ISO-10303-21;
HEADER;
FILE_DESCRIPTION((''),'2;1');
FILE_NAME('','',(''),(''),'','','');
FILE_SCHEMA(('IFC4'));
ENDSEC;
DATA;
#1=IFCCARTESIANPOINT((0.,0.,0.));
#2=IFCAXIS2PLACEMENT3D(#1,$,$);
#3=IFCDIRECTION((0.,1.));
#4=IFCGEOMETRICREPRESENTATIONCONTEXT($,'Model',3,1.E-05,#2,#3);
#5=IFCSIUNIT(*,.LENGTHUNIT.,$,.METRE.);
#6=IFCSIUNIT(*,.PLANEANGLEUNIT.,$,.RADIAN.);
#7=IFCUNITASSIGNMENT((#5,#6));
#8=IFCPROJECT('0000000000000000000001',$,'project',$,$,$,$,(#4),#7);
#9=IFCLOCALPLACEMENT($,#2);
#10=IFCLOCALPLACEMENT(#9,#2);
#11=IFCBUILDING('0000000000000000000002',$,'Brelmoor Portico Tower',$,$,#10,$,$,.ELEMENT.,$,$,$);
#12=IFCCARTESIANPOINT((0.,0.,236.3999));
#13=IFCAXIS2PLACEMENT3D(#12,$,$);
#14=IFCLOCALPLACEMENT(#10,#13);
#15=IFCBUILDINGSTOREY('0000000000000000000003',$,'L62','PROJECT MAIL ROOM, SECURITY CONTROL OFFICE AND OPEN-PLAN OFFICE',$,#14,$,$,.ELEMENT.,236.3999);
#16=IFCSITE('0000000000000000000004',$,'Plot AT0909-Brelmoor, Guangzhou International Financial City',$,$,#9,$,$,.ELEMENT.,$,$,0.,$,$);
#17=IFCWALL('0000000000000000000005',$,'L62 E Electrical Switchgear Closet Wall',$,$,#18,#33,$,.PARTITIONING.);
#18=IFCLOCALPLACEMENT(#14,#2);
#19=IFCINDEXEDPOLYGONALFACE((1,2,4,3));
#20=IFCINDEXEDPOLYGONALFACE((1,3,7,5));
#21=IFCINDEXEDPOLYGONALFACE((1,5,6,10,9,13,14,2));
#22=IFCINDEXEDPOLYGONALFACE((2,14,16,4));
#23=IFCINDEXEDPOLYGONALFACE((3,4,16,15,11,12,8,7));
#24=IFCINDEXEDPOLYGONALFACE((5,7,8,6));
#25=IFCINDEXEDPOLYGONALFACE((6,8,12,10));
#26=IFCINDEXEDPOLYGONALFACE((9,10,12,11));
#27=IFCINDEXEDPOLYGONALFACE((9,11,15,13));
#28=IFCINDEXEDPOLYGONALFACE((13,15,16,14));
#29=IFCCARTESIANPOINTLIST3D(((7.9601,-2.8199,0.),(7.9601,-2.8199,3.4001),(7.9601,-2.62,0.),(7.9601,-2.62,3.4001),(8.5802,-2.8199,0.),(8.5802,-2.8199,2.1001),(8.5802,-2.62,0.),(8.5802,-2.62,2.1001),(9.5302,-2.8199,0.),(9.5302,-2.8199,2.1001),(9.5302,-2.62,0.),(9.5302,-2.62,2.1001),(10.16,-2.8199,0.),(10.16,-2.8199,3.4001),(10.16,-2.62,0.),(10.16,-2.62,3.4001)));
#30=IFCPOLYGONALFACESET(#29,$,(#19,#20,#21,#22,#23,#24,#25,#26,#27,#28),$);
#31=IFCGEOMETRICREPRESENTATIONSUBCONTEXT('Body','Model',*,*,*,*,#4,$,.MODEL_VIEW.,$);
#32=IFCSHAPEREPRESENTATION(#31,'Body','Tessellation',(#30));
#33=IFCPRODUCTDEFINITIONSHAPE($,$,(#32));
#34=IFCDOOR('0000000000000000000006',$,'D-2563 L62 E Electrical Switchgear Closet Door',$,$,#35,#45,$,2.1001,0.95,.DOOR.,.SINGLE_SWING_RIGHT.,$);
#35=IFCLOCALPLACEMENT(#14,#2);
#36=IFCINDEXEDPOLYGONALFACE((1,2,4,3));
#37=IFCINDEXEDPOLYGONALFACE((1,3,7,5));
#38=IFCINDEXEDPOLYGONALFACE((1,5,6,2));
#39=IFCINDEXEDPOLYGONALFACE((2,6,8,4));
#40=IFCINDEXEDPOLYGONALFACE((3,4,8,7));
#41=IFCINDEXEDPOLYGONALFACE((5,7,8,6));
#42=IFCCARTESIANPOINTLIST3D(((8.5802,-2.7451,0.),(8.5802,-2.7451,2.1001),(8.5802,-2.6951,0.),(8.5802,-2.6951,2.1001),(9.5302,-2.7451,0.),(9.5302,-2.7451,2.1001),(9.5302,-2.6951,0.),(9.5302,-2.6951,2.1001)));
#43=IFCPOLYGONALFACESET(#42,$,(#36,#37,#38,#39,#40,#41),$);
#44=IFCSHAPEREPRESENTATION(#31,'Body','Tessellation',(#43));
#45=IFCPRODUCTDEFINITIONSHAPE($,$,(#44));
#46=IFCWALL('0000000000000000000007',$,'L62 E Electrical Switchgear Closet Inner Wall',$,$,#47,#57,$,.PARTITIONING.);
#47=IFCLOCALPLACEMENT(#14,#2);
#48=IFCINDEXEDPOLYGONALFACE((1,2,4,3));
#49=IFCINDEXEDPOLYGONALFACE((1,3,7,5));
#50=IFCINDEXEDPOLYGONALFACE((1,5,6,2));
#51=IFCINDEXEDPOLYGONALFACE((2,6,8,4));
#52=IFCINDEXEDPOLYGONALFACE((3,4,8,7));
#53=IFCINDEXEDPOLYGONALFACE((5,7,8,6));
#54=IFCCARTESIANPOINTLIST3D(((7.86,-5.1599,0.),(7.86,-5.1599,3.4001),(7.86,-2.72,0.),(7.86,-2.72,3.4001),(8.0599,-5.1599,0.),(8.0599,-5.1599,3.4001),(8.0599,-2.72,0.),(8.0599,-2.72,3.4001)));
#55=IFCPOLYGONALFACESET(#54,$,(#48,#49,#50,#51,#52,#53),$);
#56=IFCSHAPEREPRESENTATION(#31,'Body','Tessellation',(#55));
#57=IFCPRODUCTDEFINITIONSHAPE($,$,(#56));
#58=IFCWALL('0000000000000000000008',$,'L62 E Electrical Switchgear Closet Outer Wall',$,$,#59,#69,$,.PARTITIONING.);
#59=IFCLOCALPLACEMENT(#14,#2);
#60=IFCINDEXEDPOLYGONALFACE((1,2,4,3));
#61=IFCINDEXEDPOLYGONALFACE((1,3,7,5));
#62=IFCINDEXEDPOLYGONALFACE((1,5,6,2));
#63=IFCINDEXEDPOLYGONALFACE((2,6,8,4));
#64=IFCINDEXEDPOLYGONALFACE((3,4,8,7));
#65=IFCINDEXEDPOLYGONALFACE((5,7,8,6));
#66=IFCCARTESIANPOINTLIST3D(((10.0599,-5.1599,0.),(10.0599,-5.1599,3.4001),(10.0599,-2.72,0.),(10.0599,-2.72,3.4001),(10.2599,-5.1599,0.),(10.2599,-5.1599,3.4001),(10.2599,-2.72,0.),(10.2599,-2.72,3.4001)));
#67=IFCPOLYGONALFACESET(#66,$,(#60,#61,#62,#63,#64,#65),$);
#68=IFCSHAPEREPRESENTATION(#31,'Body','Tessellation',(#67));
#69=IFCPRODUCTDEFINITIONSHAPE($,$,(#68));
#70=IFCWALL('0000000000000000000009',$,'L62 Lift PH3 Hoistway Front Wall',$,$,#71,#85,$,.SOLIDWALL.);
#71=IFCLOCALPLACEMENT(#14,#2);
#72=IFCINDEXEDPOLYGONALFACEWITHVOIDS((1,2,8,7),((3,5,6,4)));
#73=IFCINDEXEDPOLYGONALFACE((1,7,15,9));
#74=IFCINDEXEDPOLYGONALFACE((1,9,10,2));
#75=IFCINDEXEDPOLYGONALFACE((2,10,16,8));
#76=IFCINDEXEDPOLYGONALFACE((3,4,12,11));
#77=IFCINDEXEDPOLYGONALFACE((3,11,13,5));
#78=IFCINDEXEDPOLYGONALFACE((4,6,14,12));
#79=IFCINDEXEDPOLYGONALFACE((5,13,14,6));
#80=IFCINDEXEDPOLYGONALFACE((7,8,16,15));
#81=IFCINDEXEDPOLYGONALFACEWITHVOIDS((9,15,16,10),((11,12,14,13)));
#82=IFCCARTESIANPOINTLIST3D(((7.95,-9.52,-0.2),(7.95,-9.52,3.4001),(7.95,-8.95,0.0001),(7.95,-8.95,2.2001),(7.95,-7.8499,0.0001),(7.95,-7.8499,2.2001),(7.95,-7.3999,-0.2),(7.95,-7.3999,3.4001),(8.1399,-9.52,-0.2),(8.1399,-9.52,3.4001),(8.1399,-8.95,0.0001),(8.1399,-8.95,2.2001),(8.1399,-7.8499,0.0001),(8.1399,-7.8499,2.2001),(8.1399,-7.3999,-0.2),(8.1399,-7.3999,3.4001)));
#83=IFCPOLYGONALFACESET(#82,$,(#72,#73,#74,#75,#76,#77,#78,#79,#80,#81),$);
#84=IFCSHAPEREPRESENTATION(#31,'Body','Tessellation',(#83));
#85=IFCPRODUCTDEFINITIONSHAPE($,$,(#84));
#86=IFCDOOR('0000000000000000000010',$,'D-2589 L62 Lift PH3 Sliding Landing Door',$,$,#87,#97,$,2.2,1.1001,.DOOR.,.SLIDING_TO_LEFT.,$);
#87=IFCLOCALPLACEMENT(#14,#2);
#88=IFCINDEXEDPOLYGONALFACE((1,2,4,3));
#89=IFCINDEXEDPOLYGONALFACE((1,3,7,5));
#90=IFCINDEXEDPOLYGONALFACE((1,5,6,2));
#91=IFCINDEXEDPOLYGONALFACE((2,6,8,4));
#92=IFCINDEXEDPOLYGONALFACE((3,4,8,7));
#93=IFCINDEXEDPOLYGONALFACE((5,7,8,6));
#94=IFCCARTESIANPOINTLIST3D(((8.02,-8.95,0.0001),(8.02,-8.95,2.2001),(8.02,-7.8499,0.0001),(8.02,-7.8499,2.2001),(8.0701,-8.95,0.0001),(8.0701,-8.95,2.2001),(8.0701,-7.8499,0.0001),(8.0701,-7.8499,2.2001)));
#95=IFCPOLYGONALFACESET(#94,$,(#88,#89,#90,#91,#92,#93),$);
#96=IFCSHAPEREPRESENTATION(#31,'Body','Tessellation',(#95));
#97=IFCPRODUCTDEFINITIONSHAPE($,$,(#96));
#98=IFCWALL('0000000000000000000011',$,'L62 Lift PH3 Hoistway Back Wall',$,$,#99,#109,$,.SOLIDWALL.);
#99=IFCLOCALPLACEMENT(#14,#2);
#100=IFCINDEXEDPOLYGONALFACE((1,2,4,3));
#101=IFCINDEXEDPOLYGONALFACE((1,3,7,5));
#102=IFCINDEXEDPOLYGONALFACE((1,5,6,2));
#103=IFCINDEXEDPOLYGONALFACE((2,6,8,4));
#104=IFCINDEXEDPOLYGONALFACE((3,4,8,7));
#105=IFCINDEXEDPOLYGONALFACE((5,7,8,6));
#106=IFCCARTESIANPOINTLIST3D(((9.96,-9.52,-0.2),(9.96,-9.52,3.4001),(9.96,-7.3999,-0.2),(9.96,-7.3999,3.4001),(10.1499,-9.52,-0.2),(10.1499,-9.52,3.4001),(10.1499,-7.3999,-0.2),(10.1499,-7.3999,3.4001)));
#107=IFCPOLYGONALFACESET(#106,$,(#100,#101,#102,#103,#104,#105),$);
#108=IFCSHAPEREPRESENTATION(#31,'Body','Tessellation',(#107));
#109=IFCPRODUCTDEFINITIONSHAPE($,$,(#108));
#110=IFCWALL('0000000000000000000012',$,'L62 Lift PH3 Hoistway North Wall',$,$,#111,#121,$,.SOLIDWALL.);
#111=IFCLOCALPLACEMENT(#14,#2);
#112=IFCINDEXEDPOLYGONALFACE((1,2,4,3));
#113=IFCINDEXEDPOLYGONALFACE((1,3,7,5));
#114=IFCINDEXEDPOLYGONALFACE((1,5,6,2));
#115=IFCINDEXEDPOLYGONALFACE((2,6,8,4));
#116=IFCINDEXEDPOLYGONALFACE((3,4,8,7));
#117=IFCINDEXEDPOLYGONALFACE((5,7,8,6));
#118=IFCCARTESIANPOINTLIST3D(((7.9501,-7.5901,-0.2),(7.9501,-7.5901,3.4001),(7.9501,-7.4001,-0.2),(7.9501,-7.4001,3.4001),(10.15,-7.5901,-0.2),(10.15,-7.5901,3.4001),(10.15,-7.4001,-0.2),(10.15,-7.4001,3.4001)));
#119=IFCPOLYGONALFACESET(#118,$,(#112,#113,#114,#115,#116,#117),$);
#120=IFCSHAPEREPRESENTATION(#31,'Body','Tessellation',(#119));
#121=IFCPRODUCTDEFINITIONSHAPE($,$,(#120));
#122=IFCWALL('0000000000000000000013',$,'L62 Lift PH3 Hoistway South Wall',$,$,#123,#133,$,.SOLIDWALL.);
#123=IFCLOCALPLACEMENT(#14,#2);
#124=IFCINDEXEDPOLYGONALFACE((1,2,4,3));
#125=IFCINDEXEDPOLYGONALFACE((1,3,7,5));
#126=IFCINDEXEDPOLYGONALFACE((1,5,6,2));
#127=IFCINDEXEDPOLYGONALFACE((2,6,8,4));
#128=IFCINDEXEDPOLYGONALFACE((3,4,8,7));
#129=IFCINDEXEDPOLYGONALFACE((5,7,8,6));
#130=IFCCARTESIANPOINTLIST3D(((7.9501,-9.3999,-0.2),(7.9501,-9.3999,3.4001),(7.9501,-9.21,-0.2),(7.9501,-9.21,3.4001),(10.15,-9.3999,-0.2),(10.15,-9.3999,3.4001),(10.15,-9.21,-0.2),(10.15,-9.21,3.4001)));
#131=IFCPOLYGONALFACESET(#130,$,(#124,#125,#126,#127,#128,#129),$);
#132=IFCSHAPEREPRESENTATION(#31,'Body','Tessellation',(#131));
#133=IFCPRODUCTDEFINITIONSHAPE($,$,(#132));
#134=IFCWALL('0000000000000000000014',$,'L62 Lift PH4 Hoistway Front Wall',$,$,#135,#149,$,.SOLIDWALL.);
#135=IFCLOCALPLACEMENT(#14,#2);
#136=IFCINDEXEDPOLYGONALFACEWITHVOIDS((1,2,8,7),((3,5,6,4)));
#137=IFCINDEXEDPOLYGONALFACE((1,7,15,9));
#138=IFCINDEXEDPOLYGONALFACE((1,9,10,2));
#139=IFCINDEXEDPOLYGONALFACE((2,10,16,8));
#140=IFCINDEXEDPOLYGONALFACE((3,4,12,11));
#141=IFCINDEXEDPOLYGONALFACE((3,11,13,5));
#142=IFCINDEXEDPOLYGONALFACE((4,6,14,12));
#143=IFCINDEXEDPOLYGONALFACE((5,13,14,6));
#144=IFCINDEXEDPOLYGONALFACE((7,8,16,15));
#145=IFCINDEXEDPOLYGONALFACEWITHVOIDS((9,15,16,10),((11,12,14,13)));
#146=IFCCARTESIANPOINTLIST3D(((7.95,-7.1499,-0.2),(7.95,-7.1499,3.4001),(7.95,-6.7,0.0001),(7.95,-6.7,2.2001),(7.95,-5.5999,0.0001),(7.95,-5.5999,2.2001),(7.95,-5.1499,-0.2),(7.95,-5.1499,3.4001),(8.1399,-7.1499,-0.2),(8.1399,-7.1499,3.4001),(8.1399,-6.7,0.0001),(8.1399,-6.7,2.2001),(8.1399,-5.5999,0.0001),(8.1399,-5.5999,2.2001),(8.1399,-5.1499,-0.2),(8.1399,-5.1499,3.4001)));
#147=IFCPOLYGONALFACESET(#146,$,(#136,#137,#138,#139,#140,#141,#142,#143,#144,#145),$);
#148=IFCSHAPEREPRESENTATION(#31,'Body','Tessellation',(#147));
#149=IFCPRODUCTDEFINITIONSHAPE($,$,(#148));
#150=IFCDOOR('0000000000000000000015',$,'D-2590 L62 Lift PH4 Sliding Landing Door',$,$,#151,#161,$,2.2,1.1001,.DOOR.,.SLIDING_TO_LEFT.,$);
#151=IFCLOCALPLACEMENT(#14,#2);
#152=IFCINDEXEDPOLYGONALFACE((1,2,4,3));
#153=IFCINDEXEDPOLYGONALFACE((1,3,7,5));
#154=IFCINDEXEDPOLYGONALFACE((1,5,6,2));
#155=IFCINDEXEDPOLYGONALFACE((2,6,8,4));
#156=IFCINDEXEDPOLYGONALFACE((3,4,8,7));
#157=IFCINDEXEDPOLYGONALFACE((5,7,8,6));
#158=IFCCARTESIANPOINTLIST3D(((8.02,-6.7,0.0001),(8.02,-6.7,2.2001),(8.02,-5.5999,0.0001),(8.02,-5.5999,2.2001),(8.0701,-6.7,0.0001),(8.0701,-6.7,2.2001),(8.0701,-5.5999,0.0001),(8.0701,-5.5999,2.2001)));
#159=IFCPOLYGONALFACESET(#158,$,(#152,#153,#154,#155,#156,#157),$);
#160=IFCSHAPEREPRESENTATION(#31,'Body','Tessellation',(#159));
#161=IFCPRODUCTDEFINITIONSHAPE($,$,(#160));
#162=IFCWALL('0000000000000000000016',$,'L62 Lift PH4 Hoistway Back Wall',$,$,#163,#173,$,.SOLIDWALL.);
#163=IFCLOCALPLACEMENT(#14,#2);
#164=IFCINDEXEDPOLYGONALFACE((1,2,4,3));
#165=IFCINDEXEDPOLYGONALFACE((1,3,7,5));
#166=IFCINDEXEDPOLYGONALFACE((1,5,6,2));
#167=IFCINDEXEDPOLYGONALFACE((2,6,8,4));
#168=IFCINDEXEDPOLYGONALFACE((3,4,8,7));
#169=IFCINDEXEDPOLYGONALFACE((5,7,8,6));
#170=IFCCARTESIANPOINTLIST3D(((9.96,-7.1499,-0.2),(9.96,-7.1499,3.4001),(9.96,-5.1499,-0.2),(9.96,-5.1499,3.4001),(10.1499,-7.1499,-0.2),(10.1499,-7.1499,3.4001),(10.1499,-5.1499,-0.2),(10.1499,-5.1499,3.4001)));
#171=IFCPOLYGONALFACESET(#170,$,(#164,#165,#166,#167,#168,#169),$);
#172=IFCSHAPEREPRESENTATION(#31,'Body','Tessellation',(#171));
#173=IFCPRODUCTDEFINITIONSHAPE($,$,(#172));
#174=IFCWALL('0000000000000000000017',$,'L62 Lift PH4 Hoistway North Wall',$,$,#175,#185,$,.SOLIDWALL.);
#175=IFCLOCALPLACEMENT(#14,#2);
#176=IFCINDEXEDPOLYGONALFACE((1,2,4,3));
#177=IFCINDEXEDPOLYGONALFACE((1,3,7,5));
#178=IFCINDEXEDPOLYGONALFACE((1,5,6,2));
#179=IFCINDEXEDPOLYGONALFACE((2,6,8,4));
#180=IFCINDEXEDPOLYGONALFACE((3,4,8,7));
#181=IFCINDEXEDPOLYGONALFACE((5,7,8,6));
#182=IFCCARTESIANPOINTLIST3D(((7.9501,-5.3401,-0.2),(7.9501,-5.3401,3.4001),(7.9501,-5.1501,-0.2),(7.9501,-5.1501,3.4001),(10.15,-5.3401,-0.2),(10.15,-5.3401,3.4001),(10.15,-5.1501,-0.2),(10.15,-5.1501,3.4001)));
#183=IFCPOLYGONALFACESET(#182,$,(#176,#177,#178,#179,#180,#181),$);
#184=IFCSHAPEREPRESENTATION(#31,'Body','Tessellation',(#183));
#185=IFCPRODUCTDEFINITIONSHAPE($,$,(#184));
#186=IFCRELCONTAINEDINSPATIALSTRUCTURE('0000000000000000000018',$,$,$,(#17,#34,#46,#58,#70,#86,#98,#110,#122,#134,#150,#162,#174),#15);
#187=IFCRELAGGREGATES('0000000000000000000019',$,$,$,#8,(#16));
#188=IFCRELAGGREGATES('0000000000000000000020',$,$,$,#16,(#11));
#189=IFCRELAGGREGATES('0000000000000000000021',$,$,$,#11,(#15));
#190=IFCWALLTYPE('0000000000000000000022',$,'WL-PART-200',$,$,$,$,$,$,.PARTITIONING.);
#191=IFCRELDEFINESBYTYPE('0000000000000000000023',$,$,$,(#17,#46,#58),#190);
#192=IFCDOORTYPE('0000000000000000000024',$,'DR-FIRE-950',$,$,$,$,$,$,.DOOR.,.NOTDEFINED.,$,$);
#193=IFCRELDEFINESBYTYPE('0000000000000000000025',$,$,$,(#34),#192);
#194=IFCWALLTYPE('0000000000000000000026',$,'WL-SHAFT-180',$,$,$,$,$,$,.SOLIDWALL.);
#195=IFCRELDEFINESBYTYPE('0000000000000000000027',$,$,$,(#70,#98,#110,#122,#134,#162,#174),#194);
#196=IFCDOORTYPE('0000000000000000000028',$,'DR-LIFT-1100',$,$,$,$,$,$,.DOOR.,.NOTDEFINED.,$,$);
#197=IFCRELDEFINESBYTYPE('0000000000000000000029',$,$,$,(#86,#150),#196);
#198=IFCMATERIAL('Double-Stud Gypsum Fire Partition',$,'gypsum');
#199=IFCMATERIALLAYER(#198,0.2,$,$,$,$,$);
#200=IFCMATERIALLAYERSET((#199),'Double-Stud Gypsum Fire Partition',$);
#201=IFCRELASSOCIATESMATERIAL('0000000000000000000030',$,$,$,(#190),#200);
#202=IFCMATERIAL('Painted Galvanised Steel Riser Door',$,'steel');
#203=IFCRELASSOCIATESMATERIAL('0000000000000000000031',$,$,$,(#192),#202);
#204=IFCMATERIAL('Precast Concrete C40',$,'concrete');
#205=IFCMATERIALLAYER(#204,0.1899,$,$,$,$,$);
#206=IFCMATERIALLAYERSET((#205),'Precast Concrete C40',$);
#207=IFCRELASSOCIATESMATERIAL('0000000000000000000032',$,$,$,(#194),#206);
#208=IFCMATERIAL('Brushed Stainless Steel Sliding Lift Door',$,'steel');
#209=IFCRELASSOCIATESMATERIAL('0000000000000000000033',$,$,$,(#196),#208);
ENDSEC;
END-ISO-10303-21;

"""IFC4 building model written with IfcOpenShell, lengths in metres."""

from ifc_helpers import new_model, si_unit, direction, frame, frame_2d, origin, place, context, subcontext, project, spatial, rectangle, extrude, material, layer, layer_set, type_object, element, fill, save


model = new_model("IFC4")

# Units and contexts
model_context = context("Model", 3, precision=1e-05, world=origin(), true_north=direction((0.0, 1.0)))
body_context = subcontext(model_context, "Body", "Model", "MODEL_VIEW")
ifc_project = project(units=[si_unit("LENGTHUNIT", "METRE"), si_unit("PLANEANGLEUNIT", "RADIAN")], contexts=[model_context])

# Site, building, storey
site_placement = place(None, origin())
site = spatial("IfcSite", under=ifc_project, at=site_placement, Name="Plot AT0909-Brelmoor, Guangzhou International Financial City", CompositionType="ELEMENT", RefElevation=0.0)
building_placement = place(site_placement, origin())
building = spatial("IfcBuilding", under=site, at=building_placement, Name="Brelmoor Portico Tower", CompositionType="ELEMENT")
storey_placement = place(building_placement, frame((0.0, 0.0, 236.3999)))
storey = spatial("IfcBuildingStorey", under=building, at=storey_placement, Name="L62", Description="PROJECT MAIL ROOM, SECURITY CONTROL OFFICE AND OPEN-PLAN OFFICE", CompositionType="ELEMENT", Elevation=236.3999)

# Shared definitions
ifc_material_1 = material(Name="Double-Stud Gypsum Fire Partition", Category="gypsum")
ifc_layer_1 = layer(ifc_material_1, 0.2)
ifc_layer_set_1 = layer_set([ifc_layer_1], Name="Double-Stud Gypsum Fire Partition")
wall_type_1 = type_object("IfcWallType", Name="WL-PART-200", PredefinedType="PARTITIONING", material=ifc_layer_set_1)

# Wall, opening, door
wall_1_placement = place(storey_placement, frame((7.96, -2.72, 0.0), z_axis=(0.0, 0.0, 1.0), x_axis=(1.0, 0.0, 0.0)))
wall_1 = element("IfcWall", 1, at=wall_1_placement, inside=storey, type_object=wall_type_1, Name="L62 E Electrical Switchgear Closet Wall", PredefinedType="PARTITIONING", context=body_context, shape_type="SweptSolid", body=[
    extrude(rectangle(XDim=2.2, YDim=0.2, at=frame_2d((1.1001, 0.0))), origin(), (0.0, 0.0, 1.0), 3.4001),
])
opening_1_placement = place(wall_1_placement, frame((0.6201, 0.0, 0.0)))
opening_1 = element("IfcOpeningElement", 2, at=opening_1_placement, cuts=wall_1, PredefinedType="OPENING", context=body_context, shape_type="SweptSolid", body=[
    extrude(rectangle(XDim=0.95, YDim=2.1001, at=frame_2d((0.4751, 1.05))), frame((0.0, 0.1099, 0.0), z_axis=(0.0, -1.0, 0.0), x_axis=(1.0, 0.0, 0.0)), (0.0, 0.0, 1.0), 0.22),
])
ifc_material_2 = material(Name="Painted Galvanised Steel Riser Door", Category="steel")
door_type_1 = type_object("IfcDoorType", Name="DR-FIRE-950", OperationType="NOTDEFINED", PredefinedType="DOOR", material=ifc_material_2)
door_1_placement = place(opening_1_placement, origin())
door_1 = element("IfcDoor", 3, at=door_1_placement, inside=storey, type_object=door_type_1, Name="D-2563 L62 E Electrical Switchgear Closet Door", OperationType="SINGLE_SWING_RIGHT", OverallHeight=2.1001, OverallWidth=0.95, PredefinedType="DOOR", context=body_context, shape_type="SweptSolid", body=[
    extrude(rectangle(XDim=0.95, YDim=2.1001, at=frame_2d((0.4751, 1.05))), frame((0.0, 0.0249, 0.0), z_axis=(0.0, -1.0, 0.0), x_axis=(1.0, 0.0, 0.0)), (0.0, 0.0, 1.0), 0.05),
])
fill(opening_1, door_1)

# Walls
for number, where, z_axis, x_axis, name in (
    (4, (7.96, -5.1599, 0.0), (0.0, 0.0, 1.0), (0.0, 1.0, 0.0), "L62 E Electrical Switchgear Closet Inner Wall"),
    (5, (10.1599, -5.1599, 0.0), (0.0, 0.0, 1.0), (0.0, 1.0, 0.0), "L62 E Electrical Switchgear Closet Outer Wall"),
):
    element("IfcWall", number, at=place(storey_placement, frame(where, z_axis=z_axis, x_axis=x_axis)), inside=storey, type_object=wall_type_1, Name=name, PredefinedType="PARTITIONING", context=body_context, shape_type="SweptSolid", body=[
        extrude(rectangle(XDim=2.4399, YDim=0.2, at=frame_2d((1.22, 0.0))), origin(), (0.0, 0.0, 1.0), 3.4001),
    ])

# Wall, opening, door
ifc_material_3 = material(Name="Precast Concrete C40", Category="concrete")
ifc_layer_2 = layer(ifc_material_3, 0.1899)
ifc_layer_set_2 = layer_set([ifc_layer_2], Name="Precast Concrete C40")
wall_type_2 = type_object("IfcWallType", Name="WL-SHAFT-180", PredefinedType="SOLIDWALL", material=ifc_layer_set_2)
wall_2_placement = place(storey_placement, frame((8.0449, -9.52, -0.2), z_axis=(0.0, 0.0, 1.0), x_axis=(0.0, 1.0, 0.0)))
wall_2 = element("IfcWall", 6, at=wall_2_placement, inside=storey, type_object=wall_type_2, Name="L62 Lift PH3 Hoistway Front Wall", PredefinedType="SOLIDWALL", context=body_context, shape_type="SweptSolid", body=[
    extrude(rectangle(XDim=2.1201, YDim=0.1899, at=frame_2d((1.0601, 0.0))), origin(), (0.0, 0.0, 1.0), 3.6001),
])
opening_2_placement = place(wall_2_placement, frame((0.5701, 0.0, 0.2)))
opening_2 = element("IfcOpeningElement", 7, at=opening_2_placement, cuts=wall_2, PredefinedType="OPENING", context=body_context, shape_type="SweptSolid", body=[
    extrude(rectangle(XDim=1.1001, YDim=2.2, at=frame_2d((0.55, 1.1001))), frame((0.0, 0.105, 0.0), z_axis=(0.0, -1.0, 0.0), x_axis=(1.0, 0.0, 0.0)), (0.0, 0.0, 1.0), 0.21),
])
ifc_material_4 = material(Name="Brushed Stainless Steel Sliding Lift Door", Category="steel")
door_type_2 = type_object("IfcDoorType", Name="DR-LIFT-1100", OperationType="NOTDEFINED", PredefinedType="DOOR", material=ifc_material_4)
door_2_placement = place(opening_2_placement, origin())
door_2 = element("IfcDoor", 8, at=door_2_placement, inside=storey, type_object=door_type_2, Name="D-2589 L62 Lift PH3 Sliding Landing Door", OperationType="SLIDING_TO_LEFT", OverallHeight=2.2, OverallWidth=1.1001, PredefinedType="DOOR", context=body_context, shape_type="SweptSolid", body=[
    extrude(rectangle(XDim=1.1001, YDim=2.2, at=frame_2d((0.55, 1.1001))), frame((0.0, 0.0249, 0.0), z_axis=(0.0, -1.0, 0.0), x_axis=(1.0, 0.0, 0.0)), (0.0, 0.0, 1.0), 0.05),
])
fill(opening_2, door_2)

# Walls
wall_3_placement = place(storey_placement, frame((10.0549, -9.52, -0.2), z_axis=(0.0, 0.0, 1.0), x_axis=(0.0, 1.0, 0.0)))
element("IfcWall", 9, at=wall_3_placement, inside=storey, type_object=wall_type_2, Name="L62 Lift PH3 Hoistway Back Wall", PredefinedType="SOLIDWALL", context=body_context, shape_type="SweptSolid", body=[
    extrude(rectangle(XDim=2.1201, YDim=0.1899, at=frame_2d((1.0601, 0.0))), origin(), (0.0, 0.0, 1.0), 3.6001),
])
for number, where, z_axis, x_axis, name in (
    (10, (7.95, -7.4951, -0.2), (0.0, 0.0, 1.0), (1.0, 0.0, 0.0), "L62 Lift PH3 Hoistway North Wall"),
    (11, (7.95, -9.3049, -0.2), (0.0, 0.0, 1.0), (1.0, 0.0, 0.0), "L62 Lift PH3 Hoistway South Wall"),
):
    element("IfcWall", number, at=place(storey_placement, frame(where, z_axis=z_axis, x_axis=x_axis)), inside=storey, type_object=wall_type_2, Name=name, PredefinedType="SOLIDWALL", context=body_context, shape_type="SweptSolid", body=[
        extrude(rectangle(XDim=2.2, YDim=0.1899, at=frame_2d((1.1001, 0.0))), origin(), (0.0, 0.0, 1.0), 3.6001),
    ])

# Wall, opening, door
wall_4_placement = place(storey_placement, frame((8.0449, -7.1499, -0.2), z_axis=(0.0, 0.0, 1.0), x_axis=(0.0, 1.0, 0.0)))
wall_4 = element("IfcWall", 12, at=wall_4_placement, inside=storey, type_object=wall_type_2, Name="L62 Lift PH4 Hoistway Front Wall", PredefinedType="SOLIDWALL", context=body_context, shape_type="SweptSolid", body=[
    extrude(rectangle(XDim=2.0, YDim=0.1899, at=frame_2d((1.0, 0.0))), origin(), (0.0, 0.0, 1.0), 3.6001),
])
opening_3_placement = place(wall_4_placement, frame((0.45, 0.0, 0.2)))
opening_3 = element("IfcOpeningElement", 13, at=opening_3_placement, cuts=wall_4, PredefinedType="OPENING", context=body_context, shape_type="SweptSolid", body=[
    extrude(rectangle(XDim=1.1001, YDim=2.2, at=frame_2d((0.55, 1.1001))), frame((0.0, 0.105, 0.0), z_axis=(0.0, -1.0, 0.0), x_axis=(1.0, 0.0, 0.0)), (0.0, 0.0, 1.0), 0.21),
])
door_3_placement = place(opening_3_placement, origin())
door_3 = element("IfcDoor", 14, at=door_3_placement, inside=storey, type_object=door_type_2, Name="D-2590 L62 Lift PH4 Sliding Landing Door", OperationType="SLIDING_TO_LEFT", OverallHeight=2.2, OverallWidth=1.1001, PredefinedType="DOOR", context=body_context, shape_type="SweptSolid", body=[
    extrude(rectangle(XDim=1.1001, YDim=2.2, at=frame_2d((0.55, 1.1001))), frame((0.0, 0.0249, 0.0), z_axis=(0.0, -1.0, 0.0), x_axis=(1.0, 0.0, 0.0)), (0.0, 0.0, 1.0), 0.05),
])
fill(opening_3, door_3)

# Walls
wall_5_placement = place(storey_placement, frame((10.0549, -7.1499, -0.2), z_axis=(0.0, 0.0, 1.0), x_axis=(0.0, 1.0, 0.0)))
element("IfcWall", 15, at=wall_5_placement, inside=storey, type_object=wall_type_2, Name="L62 Lift PH4 Hoistway Back Wall", PredefinedType="SOLIDWALL", context=body_context, shape_type="SweptSolid", body=[
    extrude(rectangle(XDim=2.0, YDim=0.1899, at=frame_2d((1.0, 0.0))), origin(), (0.0, 0.0, 1.0), 3.6001),
])
for number, where, z_axis, x_axis, name in (
    (16, (7.95, -5.2451, -0.2), (0.0, 0.0, 1.0), (1.0, 0.0, 0.0), "L62 Lift PH4 Hoistway North Wall"),
):
    element("IfcWall", number, at=place(storey_placement, frame(where, z_axis=z_axis, x_axis=x_axis)), inside=storey, type_object=wall_type_2, Name=name, PredefinedType="SOLIDWALL", context=body_context, shape_type="SweptSolid", body=[
        extrude(rectangle(XDim=2.2, YDim=0.1899, at=frame_2d((1.1001, 0.0))), origin(), (0.0, 0.0, 1.0), 3.6001),
    ])

save(model, "model.ifc")
